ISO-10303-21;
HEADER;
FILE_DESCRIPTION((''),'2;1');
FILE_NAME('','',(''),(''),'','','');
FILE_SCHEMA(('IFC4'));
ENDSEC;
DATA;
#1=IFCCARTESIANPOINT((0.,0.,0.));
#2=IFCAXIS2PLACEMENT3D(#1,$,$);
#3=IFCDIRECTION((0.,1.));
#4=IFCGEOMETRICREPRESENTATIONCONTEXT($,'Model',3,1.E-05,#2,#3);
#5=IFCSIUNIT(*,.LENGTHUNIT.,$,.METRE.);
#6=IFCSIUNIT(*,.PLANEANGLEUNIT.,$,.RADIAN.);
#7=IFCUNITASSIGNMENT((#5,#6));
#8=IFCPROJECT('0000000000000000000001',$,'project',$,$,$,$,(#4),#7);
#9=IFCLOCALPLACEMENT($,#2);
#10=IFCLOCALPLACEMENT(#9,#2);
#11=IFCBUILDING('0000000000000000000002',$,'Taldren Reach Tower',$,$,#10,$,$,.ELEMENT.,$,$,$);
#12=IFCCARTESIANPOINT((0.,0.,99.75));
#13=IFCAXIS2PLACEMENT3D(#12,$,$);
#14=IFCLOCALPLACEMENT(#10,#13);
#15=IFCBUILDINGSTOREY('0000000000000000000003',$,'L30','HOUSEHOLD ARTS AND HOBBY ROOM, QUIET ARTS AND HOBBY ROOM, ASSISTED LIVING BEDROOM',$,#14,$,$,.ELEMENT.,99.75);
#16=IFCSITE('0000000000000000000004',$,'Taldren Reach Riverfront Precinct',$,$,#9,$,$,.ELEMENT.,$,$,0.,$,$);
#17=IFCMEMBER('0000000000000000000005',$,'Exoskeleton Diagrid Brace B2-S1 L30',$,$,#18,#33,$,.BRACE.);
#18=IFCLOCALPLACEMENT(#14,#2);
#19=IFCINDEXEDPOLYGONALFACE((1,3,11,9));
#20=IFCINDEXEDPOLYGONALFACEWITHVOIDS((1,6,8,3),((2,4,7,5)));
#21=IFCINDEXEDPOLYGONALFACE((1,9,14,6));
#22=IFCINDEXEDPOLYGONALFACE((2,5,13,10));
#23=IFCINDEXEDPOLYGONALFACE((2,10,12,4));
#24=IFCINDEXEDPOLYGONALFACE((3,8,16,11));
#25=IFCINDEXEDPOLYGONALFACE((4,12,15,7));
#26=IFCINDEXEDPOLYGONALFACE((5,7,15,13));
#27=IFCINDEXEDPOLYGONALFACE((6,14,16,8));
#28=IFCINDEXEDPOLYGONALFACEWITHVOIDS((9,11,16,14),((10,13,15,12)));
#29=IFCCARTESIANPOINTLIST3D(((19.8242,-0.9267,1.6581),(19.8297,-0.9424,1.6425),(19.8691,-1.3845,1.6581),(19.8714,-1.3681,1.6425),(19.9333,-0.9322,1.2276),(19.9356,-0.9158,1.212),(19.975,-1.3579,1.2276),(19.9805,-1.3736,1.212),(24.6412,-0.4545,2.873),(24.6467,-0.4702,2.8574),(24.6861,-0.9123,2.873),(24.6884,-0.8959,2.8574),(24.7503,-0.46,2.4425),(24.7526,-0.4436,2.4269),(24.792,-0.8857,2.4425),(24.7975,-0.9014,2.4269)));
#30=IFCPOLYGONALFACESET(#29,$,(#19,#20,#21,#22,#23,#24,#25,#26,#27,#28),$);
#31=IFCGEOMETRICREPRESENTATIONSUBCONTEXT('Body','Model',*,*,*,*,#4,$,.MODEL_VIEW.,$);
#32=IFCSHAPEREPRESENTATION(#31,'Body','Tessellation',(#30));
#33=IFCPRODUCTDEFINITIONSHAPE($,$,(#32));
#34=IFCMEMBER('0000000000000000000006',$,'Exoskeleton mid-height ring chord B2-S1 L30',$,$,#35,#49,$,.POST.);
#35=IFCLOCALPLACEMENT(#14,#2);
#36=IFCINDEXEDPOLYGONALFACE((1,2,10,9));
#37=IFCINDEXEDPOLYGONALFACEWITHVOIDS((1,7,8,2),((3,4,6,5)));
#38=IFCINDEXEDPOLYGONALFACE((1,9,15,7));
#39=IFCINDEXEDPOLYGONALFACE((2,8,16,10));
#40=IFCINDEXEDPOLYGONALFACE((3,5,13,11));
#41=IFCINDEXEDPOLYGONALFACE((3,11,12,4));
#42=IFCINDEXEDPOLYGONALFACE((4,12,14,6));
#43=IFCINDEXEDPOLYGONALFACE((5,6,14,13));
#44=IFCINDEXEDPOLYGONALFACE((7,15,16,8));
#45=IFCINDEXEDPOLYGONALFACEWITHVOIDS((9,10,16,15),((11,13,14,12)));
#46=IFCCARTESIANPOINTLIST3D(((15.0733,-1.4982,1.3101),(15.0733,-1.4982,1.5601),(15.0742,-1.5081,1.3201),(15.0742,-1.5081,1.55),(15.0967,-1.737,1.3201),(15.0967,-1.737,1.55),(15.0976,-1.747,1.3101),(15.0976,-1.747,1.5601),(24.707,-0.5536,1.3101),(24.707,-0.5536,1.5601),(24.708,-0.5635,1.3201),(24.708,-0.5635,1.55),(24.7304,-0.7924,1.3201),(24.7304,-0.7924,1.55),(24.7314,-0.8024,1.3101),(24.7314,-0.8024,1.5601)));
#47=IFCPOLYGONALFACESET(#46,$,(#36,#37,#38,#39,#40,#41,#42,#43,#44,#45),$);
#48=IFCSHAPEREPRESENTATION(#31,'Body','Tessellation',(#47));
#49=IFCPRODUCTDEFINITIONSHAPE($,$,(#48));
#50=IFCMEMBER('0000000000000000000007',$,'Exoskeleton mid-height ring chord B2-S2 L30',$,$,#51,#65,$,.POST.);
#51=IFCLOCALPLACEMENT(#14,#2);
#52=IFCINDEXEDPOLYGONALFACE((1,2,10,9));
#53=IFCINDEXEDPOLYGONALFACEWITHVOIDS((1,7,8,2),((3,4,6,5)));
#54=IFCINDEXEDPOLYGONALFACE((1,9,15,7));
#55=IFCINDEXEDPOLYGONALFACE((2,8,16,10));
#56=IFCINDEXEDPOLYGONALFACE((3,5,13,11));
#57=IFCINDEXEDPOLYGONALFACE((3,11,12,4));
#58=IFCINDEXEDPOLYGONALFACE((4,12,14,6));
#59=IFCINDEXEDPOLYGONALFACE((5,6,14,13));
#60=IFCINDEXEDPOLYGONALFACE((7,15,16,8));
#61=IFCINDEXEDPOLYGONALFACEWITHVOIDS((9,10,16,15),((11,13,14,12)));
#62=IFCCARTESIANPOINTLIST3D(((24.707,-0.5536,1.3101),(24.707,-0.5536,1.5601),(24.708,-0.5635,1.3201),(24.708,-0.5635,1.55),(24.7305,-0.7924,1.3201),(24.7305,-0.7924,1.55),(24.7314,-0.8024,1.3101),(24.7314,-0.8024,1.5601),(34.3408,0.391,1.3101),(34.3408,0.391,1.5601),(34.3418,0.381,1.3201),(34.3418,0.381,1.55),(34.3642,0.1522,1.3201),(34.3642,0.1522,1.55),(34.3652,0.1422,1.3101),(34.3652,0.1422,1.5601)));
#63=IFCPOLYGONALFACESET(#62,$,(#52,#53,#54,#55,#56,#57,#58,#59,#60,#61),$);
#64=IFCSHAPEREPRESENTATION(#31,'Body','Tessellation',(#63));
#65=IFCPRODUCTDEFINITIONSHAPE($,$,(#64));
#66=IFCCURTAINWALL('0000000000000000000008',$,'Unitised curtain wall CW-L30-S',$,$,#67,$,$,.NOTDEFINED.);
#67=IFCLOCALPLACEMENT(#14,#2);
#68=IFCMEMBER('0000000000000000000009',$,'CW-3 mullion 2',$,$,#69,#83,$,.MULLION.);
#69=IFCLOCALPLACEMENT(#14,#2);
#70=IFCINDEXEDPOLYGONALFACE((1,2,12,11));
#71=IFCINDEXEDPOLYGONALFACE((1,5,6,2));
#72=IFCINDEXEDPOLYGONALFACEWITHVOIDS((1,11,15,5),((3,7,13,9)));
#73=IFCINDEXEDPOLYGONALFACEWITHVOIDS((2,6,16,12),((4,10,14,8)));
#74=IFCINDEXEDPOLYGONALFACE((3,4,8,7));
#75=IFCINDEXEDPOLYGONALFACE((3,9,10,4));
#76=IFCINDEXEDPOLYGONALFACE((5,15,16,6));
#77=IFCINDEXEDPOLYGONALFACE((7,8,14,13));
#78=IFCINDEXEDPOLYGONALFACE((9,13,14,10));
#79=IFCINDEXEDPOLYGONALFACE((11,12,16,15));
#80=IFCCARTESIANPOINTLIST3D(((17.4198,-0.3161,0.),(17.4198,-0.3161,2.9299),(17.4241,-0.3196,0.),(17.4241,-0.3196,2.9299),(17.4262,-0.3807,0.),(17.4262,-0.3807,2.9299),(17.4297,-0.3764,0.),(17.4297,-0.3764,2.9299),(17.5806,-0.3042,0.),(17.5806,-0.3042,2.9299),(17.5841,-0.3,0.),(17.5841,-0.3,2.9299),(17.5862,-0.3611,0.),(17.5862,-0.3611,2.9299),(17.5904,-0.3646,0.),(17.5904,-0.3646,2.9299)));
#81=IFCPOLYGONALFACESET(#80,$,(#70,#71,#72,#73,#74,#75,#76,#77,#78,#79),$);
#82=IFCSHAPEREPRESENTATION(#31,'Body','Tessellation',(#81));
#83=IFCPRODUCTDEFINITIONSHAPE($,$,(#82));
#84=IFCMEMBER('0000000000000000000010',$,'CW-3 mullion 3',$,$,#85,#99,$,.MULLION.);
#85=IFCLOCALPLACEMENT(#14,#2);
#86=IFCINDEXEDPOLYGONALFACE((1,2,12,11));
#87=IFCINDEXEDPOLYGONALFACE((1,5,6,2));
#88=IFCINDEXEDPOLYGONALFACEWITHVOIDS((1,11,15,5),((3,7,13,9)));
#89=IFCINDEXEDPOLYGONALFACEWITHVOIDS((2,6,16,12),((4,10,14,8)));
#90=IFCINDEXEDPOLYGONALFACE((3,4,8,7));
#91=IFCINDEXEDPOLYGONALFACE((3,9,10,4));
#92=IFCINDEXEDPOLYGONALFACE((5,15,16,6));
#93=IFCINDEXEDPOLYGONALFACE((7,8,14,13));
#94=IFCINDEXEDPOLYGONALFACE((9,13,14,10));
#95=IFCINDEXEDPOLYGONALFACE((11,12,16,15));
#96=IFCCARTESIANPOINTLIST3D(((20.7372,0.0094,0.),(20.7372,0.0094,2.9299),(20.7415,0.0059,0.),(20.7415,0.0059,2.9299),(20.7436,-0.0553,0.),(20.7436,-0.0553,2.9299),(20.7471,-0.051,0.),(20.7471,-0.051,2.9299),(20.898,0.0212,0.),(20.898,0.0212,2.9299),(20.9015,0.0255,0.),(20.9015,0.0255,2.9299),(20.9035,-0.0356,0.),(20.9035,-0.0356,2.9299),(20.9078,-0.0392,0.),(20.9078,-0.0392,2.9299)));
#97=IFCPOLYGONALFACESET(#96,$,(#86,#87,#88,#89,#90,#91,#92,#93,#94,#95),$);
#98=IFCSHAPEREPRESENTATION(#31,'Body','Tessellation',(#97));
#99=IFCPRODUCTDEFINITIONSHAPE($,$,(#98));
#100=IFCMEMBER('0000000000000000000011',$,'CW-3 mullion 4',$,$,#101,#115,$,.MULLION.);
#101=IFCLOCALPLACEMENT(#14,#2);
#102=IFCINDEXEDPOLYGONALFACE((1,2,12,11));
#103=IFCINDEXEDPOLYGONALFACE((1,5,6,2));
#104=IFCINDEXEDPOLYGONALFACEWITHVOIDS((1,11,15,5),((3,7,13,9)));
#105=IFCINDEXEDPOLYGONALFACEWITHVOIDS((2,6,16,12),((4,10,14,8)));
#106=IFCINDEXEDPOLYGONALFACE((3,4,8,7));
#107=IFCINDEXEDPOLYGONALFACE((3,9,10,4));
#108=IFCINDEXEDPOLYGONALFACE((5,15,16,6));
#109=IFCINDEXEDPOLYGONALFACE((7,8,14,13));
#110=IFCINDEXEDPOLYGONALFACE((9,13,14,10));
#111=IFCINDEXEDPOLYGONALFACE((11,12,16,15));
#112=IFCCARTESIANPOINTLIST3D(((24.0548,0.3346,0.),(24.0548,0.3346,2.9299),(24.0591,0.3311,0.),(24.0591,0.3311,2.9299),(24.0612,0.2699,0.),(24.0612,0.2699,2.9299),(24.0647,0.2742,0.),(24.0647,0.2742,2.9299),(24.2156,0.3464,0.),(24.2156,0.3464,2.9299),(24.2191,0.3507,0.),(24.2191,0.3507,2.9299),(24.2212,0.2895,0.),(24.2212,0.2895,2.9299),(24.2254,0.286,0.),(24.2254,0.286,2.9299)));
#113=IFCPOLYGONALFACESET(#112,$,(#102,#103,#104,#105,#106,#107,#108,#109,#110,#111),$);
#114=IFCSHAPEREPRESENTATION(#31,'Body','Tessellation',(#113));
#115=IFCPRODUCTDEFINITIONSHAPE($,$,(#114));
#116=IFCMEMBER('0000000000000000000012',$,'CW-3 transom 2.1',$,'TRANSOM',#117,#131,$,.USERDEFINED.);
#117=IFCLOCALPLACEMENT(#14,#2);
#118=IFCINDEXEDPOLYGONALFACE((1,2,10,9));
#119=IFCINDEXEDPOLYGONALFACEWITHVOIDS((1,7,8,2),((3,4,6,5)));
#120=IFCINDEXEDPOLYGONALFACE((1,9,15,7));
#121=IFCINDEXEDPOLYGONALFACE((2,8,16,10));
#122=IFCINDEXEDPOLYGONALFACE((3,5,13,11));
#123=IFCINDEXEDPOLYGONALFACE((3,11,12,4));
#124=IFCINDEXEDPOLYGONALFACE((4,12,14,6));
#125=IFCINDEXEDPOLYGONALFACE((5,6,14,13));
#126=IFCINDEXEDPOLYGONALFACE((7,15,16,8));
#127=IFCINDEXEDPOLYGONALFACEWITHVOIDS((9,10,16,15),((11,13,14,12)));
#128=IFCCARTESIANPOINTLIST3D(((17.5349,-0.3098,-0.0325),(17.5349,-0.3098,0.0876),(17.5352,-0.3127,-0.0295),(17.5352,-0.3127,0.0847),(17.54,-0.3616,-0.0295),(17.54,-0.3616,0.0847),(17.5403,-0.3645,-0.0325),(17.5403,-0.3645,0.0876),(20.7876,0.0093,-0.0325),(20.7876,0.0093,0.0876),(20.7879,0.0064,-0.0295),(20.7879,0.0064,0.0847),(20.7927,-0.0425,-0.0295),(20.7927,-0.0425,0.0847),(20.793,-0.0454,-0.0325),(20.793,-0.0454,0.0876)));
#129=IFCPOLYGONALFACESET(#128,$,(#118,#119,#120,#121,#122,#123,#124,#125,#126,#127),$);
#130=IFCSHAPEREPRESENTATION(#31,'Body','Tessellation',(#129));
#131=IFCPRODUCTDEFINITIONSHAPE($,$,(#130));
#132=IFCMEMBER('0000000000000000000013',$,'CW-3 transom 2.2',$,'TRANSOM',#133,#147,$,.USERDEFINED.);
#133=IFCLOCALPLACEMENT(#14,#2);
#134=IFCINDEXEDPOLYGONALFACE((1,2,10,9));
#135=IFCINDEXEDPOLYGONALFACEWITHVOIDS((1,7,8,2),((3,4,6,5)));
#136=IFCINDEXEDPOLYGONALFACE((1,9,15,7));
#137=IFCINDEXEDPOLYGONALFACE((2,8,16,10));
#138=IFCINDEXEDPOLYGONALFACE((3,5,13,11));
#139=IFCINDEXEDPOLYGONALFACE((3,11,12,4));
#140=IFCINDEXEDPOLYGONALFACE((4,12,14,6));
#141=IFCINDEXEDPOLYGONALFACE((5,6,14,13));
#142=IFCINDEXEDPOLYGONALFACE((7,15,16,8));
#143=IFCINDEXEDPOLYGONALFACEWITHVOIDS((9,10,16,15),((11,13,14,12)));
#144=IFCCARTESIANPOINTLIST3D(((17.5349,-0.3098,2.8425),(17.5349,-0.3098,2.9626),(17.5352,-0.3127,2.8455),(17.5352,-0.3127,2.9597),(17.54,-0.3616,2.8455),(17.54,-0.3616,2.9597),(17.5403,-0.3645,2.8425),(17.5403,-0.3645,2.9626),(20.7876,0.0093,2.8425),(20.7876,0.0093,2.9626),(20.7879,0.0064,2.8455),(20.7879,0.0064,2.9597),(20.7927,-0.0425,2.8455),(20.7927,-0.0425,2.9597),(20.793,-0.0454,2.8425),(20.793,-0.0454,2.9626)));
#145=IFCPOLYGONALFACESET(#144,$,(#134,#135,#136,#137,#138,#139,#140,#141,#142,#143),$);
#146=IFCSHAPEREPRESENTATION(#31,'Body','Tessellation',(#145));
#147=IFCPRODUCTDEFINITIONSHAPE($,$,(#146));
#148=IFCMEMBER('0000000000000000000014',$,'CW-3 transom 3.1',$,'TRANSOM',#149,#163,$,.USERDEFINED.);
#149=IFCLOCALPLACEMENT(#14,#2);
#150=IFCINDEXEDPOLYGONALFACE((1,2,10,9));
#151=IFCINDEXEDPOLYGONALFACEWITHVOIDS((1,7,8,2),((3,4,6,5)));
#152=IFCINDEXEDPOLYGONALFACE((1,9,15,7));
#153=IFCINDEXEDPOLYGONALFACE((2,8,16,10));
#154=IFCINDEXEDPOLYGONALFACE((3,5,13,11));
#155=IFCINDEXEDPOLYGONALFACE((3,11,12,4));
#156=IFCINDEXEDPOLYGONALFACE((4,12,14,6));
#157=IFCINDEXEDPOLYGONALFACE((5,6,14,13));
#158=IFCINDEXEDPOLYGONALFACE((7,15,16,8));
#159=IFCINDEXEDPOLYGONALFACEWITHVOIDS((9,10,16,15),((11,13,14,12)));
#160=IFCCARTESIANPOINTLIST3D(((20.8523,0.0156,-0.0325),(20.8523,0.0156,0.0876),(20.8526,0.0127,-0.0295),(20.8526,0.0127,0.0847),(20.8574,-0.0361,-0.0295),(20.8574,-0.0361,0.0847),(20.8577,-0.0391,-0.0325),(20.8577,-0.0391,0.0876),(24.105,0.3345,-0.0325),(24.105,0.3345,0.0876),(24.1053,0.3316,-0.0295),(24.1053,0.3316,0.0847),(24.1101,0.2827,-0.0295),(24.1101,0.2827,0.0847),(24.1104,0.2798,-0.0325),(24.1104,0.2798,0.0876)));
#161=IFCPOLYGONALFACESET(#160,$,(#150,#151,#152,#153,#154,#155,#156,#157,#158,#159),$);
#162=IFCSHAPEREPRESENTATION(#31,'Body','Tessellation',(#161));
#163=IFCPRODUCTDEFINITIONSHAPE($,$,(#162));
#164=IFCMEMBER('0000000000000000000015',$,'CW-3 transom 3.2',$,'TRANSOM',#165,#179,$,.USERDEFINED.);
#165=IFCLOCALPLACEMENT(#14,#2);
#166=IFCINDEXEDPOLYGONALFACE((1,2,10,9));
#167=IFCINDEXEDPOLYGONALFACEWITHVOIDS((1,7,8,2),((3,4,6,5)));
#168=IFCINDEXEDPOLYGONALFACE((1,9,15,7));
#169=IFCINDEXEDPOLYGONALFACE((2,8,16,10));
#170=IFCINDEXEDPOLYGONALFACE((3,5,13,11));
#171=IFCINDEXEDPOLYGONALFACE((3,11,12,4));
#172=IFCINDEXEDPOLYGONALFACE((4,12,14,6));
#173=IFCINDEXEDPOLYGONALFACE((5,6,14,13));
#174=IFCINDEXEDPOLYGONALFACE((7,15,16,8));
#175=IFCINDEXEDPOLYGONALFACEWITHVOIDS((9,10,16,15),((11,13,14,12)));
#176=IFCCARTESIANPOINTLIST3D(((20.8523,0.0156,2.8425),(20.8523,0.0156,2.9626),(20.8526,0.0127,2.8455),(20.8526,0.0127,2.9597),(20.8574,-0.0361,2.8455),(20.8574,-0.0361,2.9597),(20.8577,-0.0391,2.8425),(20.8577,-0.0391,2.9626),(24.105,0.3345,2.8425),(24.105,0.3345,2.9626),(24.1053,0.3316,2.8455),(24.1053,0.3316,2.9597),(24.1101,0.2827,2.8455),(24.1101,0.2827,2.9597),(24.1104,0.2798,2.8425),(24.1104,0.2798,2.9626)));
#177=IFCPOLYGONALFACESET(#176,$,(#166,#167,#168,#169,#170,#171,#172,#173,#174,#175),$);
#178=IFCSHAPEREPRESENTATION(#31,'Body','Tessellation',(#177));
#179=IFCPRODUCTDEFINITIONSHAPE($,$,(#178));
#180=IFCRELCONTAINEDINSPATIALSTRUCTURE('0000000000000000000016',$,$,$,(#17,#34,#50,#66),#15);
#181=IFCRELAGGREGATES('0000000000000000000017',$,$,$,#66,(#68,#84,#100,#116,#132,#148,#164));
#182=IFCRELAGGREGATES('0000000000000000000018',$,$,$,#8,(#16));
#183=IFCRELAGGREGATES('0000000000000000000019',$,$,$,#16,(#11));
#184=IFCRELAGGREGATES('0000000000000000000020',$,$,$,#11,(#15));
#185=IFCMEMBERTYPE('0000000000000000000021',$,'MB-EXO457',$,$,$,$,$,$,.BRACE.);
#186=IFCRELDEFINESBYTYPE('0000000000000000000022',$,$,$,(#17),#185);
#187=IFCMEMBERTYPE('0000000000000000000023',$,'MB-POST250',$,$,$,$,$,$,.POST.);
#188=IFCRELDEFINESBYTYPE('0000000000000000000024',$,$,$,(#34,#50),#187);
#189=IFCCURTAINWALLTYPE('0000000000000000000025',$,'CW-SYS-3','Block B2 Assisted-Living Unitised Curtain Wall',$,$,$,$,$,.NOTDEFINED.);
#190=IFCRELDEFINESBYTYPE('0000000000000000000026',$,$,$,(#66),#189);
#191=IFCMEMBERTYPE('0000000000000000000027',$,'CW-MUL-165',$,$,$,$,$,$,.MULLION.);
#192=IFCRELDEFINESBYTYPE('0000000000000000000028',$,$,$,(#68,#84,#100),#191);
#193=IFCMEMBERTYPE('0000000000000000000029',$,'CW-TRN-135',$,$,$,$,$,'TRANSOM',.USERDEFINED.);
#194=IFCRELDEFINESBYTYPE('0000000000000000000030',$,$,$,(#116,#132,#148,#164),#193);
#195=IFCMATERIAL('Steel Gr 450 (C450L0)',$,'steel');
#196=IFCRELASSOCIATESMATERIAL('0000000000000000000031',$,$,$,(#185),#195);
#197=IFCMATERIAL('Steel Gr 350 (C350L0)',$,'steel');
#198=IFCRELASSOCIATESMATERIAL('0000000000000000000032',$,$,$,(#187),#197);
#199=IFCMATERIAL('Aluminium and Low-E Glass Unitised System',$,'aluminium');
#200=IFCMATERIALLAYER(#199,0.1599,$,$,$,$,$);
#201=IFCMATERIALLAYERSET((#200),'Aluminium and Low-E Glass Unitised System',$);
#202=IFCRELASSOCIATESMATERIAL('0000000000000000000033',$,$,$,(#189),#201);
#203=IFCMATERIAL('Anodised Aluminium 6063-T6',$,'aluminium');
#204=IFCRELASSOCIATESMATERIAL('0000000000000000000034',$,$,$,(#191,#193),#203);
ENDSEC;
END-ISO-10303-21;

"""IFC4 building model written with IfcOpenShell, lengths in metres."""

from ifc_helpers import new_model, si_unit, direction, frame, origin, origin_2d, place, context, subcontext, project, spatial, hollow_rectangle, extrude, source, transform, mapped, material, layer, layer_set, material_profile, profile_set, type_object, element, aggregate, save


model = new_model("IFC4")

# Units and contexts
model_context = context("Model", 3, precision=1e-05, world=origin(), true_north=direction((0.0, 1.0)))
body_context = subcontext(model_context, "Body", "Model", "MODEL_VIEW")
ifc_project = project(units=[si_unit("LENGTHUNIT", "METRE"), si_unit("PLANEANGLEUNIT", "RADIAN")], contexts=[model_context])

# Site, building, storey
site_placement = place(None, origin())
site = spatial("IfcSite", under=ifc_project, at=site_placement, Name="Taldren Reach Riverfront Precinct", CompositionType="ELEMENT", RefElevation=0.0)
building_placement = place(site_placement, origin())
building = spatial("IfcBuilding", under=site, at=building_placement, Name="Taldren Reach Tower", CompositionType="ELEMENT")
storey_placement = place(building_placement, frame((0.0, 0.0, 99.75)))
storey = spatial("IfcBuildingStorey", under=building, at=storey_placement, Name="L30", Description="HOUSEHOLD ARTS AND HOBBY ROOM, QUIET ARTS AND HOBBY ROOM, ASSISTED LIVING BEDROOM", CompositionType="ELEMENT", Elevation=99.75)

# Members
ifc_material_1 = material(Name="Steel Gr 450 (C450L0)", Category="steel")
ifc_material_profile_1 = material_profile(ifc_material_1, hollow_rectangle(XDim=0.46, YDim=0.46, WallThickness=0.0161, at=origin_2d()), Name="460x460x16.0SHS")
ifc_profile_set_1 = profile_set([ifc_material_profile_1], Name="Steel Gr 450 (C450L0)")
member_type_1 = type_object("IfcMemberType", Name="MB-EXO457", PredefinedType="BRACE", material=ifc_profile_set_1)
shared_shape_1 = source(origin(), body_context, "Body", "SweptSolid", [
    extrude(hollow_rectangle(XDim=0.46, YDim=0.46, WallThickness=0.0161, at=origin_2d()), origin(), (0.0, 0.0, 1.0), 4.9902),
])
member_1_placement = place(storey_placement, frame((19.9023, -1.1501, 1.4351), z_axis=(0.965287, 0.094621, 0.24345), x_axis=(-0.097556, 0.99523, 0.0)))
element("IfcMember", 1, at=member_1_placement, inside=storey, type_object=member_type_1, Name="Exoskeleton Diagrid Brace B2-S1 L30", PredefinedType="BRACE", context=body_context, shape_type="MappedRepresentation", body=[
    mapped(shared_shape_1, transform((0.0, 0.0, 0.0), scale=1.0)),
])
ifc_material_2 = material(Name="Steel Gr 350 (C350L0)", Category="steel")
ifc_material_profile_2 = material_profile(ifc_material_2, hollow_rectangle(XDim=0.25, YDim=0.25, WallThickness=0.01, at=origin_2d()), Name="250x250x10.0SHS")
ifc_profile_set_2 = profile_set([ifc_material_profile_2], Name="Steel Gr 350 (C350L0)")
member_type_2 = type_object("IfcMemberType", Name="MB-POST250", PredefinedType="POST", material=ifc_profile_set_2)
shared_shape_2 = source(origin(), body_context, "Body", "SweptSolid", [
    extrude(hollow_rectangle(XDim=0.25, YDim=0.25, WallThickness=0.01, at=origin_2d()), origin(), (0.0, 0.0, 1.0), 9.6799),
])
for number, where, z_axis, x_axis, name in (
    (2, (15.0854, -1.6226, 1.4351), (0.995228, 0.097581, 0.0), (-0.097581, 0.995228, 0.0), "Exoskeleton mid-height ring chord B2-S1 L30"),
    (3, (24.7192, -0.678, 1.4351), (0.995228, 0.097581, 0.0), (-0.097581, 0.995228, 0.0), "Exoskeleton mid-height ring chord B2-S2 L30"),
):
    element("IfcMember", number, at=place(storey_placement, frame(where, z_axis=z_axis, x_axis=x_axis)), inside=storey, type_object=member_type_2, Name=name, PredefinedType="POST", context=body_context, shape_type="MappedRepresentation", body=[
        mapped(shared_shape_2, transform((0.0, 0.0, 0.0), scale=1.0)),
    ])

# Curtain wall, members
ifc_material_3 = material(Name="Aluminium and Low-E Glass Unitised System", Category="aluminium")
ifc_layer_1 = layer(ifc_material_3, 0.1599)
ifc_layer_set_1 = layer_set([ifc_layer_1], Name="Aluminium and Low-E Glass Unitised System")
curtain_wall_type = type_object("IfcCurtainWallType", Name="CW-SYS-3", Description="Block B2 Assisted-Living Unitised Curtain Wall", PredefinedType="NOTDEFINED", material=ifc_layer_set_1)
curtain_wall_placement = place(storey_placement, origin())
curtain_wall = element("IfcCurtainWall", 4, at=curtain_wall_placement, inside=storey, type_object=curtain_wall_type, Name="Unitised curtain wall CW-L30-S", PredefinedType="NOTDEFINED")
ifc_material_4 = material(Name="Anodised Aluminium 6063-T6", Category="aluminium")
ifc_material_profile_3 = material_profile(ifc_material_4, hollow_rectangle(XDim=0.0649, YDim=0.165, WallThickness=0.0039, at=origin_2d()), Name="ALU-165x65x4RHS")
ifc_profile_set_3 = profile_set([ifc_material_profile_3], Name="Anodised Aluminium 6063-T6")
member_type_3 = type_object("IfcMemberType", Name="CW-MUL-165", PredefinedType="MULLION", material=ifc_profile_set_3)
shared_shape_3 = source(origin(), body_context, "Body", "SweptSolid", [
    extrude(hollow_rectangle(XDim=0.0649, YDim=0.165, WallThickness=0.0039, at=origin_2d()), origin(), (0.0, 0.0, 1.0), 2.9299),
])
member_2_placement = place(storey_placement, frame((17.5051, -0.3403, 0.0), z_axis=(0.0, 0.0, 1.0), x_axis=(-0.097583, 0.995227, 0.0)))
member_2 = element("IfcMember", 5, at=member_2_placement, type_object=member_type_3, Name="CW-3 mullion 2", PredefinedType="MULLION", context=body_context, shape_type="MappedRepresentation", body=[
    mapped(shared_shape_3, transform((0.0, 0.0, 0.0), scale=1.0)),
])
member_3_placement = place(storey_placement, frame((20.8225, -0.0149, 0.0), z_axis=(0.0, 0.0, 1.0), x_axis=(-0.097583, 0.995227, 0.0)))
member_3 = element("IfcMember", 6, at=member_3_placement, type_object=member_type_3, Name="CW-3 mullion 3", PredefinedType="MULLION", context=body_context, shape_type="MappedRepresentation", body=[
    mapped(shared_shape_3, transform((0.0, 0.0, 0.0), scale=1.0)),
])
member_4_placement = place(storey_placement, frame((24.1401, 0.3103, 0.0), z_axis=(0.0, 0.0, 1.0), x_axis=(-0.097583, 0.995227, 0.0)))
member_4 = element("IfcMember", 7, at=member_4_placement, type_object=member_type_3, Name="CW-3 mullion 4", PredefinedType="MULLION", context=body_context, shape_type="MappedRepresentation", body=[
    mapped(shared_shape_3, transform((0.0, 0.0, 0.0), scale=1.0)),
])
ifc_material_profile_4 = material_profile(ifc_material_4, hollow_rectangle(XDim=0.0549, YDim=0.1201, WallThickness=0.0029, at=origin_2d()), Name="ALU-120x55x3RHS")
ifc_profile_set_4 = profile_set([ifc_material_profile_4], Name="Anodised Aluminium 6063-T6")
member_type_4 = type_object("IfcMemberType", Name="CW-TRN-135", ElementType="TRANSOM", PredefinedType="USERDEFINED", material=ifc_profile_set_4)
shared_shape_4 = source(origin(), body_context, "Body", "SweptSolid", [
    extrude(hollow_rectangle(XDim=0.0549, YDim=0.1201, WallThickness=0.0029, at=origin_2d()), origin(), (0.0, 0.0, 1.0), 3.2683),
])
member_5_placement = place(storey_placement, frame((17.5376, -0.3372, 0.0276), z_axis=(0.995223, 0.097632, 0.0), x_axis=(-0.097632, 0.995223, 0.0)))
member_5 = element("IfcMember", 8, at=member_5_placement, type_object=member_type_4, Name="CW-3 transom 2.1", ObjectType="TRANSOM", PredefinedType="USERDEFINED", context=body_context, shape_type="MappedRepresentation", body=[
    mapped(shared_shape_4, transform((0.0, 0.0, 0.0), scale=1.0)),
])
member_6_placement = place(storey_placement, frame((17.5376, -0.3372, 2.9026), z_axis=(0.995223, 0.097632, 0.0), x_axis=(-0.097632, 0.995223, 0.0)))
member_6 = element("IfcMember", 9, at=member_6_placement, type_object=member_type_4, Name="CW-3 transom 2.2", ObjectType="TRANSOM", PredefinedType="USERDEFINED", context=body_context, shape_type="MappedRepresentation", body=[
    mapped(shared_shape_4, transform((0.0, 0.0, 0.0), scale=1.0)),
])
member_7_placement = place(storey_placement, frame((20.855, -0.0117, 0.0276), z_axis=(0.99523, 0.097558, 0.0), x_axis=(-0.097558, 0.99523, 0.0)))
member_7 = element("IfcMember", 10, at=member_7_placement, type_object=member_type_4, Name="CW-3 transom 3.1", ObjectType="TRANSOM", PredefinedType="USERDEFINED", context=body_context, shape_type="MappedRepresentation", body=[
    mapped(shared_shape_4, transform((0.0, 0.0, 0.0), scale=1.0)),
])
member_8_placement = place(storey_placement, frame((20.855, -0.0117, 2.9026), z_axis=(0.99523, 0.097558, 0.0), x_axis=(-0.097558, 0.99523, 0.0)))
member_8 = element("IfcMember", 11, at=member_8_placement, type_object=member_type_4, Name="CW-3 transom 3.2", ObjectType="TRANSOM", PredefinedType="USERDEFINED", context=body_context, shape_type="MappedRepresentation", body=[
    mapped(shared_shape_4, transform((0.0, 0.0, 0.0), scale=1.0)),
])

aggregate(curtain_wall, [member_2, member_3, member_4, member_5, member_6, member_7, member_8])

save(model, "model.ifc")
